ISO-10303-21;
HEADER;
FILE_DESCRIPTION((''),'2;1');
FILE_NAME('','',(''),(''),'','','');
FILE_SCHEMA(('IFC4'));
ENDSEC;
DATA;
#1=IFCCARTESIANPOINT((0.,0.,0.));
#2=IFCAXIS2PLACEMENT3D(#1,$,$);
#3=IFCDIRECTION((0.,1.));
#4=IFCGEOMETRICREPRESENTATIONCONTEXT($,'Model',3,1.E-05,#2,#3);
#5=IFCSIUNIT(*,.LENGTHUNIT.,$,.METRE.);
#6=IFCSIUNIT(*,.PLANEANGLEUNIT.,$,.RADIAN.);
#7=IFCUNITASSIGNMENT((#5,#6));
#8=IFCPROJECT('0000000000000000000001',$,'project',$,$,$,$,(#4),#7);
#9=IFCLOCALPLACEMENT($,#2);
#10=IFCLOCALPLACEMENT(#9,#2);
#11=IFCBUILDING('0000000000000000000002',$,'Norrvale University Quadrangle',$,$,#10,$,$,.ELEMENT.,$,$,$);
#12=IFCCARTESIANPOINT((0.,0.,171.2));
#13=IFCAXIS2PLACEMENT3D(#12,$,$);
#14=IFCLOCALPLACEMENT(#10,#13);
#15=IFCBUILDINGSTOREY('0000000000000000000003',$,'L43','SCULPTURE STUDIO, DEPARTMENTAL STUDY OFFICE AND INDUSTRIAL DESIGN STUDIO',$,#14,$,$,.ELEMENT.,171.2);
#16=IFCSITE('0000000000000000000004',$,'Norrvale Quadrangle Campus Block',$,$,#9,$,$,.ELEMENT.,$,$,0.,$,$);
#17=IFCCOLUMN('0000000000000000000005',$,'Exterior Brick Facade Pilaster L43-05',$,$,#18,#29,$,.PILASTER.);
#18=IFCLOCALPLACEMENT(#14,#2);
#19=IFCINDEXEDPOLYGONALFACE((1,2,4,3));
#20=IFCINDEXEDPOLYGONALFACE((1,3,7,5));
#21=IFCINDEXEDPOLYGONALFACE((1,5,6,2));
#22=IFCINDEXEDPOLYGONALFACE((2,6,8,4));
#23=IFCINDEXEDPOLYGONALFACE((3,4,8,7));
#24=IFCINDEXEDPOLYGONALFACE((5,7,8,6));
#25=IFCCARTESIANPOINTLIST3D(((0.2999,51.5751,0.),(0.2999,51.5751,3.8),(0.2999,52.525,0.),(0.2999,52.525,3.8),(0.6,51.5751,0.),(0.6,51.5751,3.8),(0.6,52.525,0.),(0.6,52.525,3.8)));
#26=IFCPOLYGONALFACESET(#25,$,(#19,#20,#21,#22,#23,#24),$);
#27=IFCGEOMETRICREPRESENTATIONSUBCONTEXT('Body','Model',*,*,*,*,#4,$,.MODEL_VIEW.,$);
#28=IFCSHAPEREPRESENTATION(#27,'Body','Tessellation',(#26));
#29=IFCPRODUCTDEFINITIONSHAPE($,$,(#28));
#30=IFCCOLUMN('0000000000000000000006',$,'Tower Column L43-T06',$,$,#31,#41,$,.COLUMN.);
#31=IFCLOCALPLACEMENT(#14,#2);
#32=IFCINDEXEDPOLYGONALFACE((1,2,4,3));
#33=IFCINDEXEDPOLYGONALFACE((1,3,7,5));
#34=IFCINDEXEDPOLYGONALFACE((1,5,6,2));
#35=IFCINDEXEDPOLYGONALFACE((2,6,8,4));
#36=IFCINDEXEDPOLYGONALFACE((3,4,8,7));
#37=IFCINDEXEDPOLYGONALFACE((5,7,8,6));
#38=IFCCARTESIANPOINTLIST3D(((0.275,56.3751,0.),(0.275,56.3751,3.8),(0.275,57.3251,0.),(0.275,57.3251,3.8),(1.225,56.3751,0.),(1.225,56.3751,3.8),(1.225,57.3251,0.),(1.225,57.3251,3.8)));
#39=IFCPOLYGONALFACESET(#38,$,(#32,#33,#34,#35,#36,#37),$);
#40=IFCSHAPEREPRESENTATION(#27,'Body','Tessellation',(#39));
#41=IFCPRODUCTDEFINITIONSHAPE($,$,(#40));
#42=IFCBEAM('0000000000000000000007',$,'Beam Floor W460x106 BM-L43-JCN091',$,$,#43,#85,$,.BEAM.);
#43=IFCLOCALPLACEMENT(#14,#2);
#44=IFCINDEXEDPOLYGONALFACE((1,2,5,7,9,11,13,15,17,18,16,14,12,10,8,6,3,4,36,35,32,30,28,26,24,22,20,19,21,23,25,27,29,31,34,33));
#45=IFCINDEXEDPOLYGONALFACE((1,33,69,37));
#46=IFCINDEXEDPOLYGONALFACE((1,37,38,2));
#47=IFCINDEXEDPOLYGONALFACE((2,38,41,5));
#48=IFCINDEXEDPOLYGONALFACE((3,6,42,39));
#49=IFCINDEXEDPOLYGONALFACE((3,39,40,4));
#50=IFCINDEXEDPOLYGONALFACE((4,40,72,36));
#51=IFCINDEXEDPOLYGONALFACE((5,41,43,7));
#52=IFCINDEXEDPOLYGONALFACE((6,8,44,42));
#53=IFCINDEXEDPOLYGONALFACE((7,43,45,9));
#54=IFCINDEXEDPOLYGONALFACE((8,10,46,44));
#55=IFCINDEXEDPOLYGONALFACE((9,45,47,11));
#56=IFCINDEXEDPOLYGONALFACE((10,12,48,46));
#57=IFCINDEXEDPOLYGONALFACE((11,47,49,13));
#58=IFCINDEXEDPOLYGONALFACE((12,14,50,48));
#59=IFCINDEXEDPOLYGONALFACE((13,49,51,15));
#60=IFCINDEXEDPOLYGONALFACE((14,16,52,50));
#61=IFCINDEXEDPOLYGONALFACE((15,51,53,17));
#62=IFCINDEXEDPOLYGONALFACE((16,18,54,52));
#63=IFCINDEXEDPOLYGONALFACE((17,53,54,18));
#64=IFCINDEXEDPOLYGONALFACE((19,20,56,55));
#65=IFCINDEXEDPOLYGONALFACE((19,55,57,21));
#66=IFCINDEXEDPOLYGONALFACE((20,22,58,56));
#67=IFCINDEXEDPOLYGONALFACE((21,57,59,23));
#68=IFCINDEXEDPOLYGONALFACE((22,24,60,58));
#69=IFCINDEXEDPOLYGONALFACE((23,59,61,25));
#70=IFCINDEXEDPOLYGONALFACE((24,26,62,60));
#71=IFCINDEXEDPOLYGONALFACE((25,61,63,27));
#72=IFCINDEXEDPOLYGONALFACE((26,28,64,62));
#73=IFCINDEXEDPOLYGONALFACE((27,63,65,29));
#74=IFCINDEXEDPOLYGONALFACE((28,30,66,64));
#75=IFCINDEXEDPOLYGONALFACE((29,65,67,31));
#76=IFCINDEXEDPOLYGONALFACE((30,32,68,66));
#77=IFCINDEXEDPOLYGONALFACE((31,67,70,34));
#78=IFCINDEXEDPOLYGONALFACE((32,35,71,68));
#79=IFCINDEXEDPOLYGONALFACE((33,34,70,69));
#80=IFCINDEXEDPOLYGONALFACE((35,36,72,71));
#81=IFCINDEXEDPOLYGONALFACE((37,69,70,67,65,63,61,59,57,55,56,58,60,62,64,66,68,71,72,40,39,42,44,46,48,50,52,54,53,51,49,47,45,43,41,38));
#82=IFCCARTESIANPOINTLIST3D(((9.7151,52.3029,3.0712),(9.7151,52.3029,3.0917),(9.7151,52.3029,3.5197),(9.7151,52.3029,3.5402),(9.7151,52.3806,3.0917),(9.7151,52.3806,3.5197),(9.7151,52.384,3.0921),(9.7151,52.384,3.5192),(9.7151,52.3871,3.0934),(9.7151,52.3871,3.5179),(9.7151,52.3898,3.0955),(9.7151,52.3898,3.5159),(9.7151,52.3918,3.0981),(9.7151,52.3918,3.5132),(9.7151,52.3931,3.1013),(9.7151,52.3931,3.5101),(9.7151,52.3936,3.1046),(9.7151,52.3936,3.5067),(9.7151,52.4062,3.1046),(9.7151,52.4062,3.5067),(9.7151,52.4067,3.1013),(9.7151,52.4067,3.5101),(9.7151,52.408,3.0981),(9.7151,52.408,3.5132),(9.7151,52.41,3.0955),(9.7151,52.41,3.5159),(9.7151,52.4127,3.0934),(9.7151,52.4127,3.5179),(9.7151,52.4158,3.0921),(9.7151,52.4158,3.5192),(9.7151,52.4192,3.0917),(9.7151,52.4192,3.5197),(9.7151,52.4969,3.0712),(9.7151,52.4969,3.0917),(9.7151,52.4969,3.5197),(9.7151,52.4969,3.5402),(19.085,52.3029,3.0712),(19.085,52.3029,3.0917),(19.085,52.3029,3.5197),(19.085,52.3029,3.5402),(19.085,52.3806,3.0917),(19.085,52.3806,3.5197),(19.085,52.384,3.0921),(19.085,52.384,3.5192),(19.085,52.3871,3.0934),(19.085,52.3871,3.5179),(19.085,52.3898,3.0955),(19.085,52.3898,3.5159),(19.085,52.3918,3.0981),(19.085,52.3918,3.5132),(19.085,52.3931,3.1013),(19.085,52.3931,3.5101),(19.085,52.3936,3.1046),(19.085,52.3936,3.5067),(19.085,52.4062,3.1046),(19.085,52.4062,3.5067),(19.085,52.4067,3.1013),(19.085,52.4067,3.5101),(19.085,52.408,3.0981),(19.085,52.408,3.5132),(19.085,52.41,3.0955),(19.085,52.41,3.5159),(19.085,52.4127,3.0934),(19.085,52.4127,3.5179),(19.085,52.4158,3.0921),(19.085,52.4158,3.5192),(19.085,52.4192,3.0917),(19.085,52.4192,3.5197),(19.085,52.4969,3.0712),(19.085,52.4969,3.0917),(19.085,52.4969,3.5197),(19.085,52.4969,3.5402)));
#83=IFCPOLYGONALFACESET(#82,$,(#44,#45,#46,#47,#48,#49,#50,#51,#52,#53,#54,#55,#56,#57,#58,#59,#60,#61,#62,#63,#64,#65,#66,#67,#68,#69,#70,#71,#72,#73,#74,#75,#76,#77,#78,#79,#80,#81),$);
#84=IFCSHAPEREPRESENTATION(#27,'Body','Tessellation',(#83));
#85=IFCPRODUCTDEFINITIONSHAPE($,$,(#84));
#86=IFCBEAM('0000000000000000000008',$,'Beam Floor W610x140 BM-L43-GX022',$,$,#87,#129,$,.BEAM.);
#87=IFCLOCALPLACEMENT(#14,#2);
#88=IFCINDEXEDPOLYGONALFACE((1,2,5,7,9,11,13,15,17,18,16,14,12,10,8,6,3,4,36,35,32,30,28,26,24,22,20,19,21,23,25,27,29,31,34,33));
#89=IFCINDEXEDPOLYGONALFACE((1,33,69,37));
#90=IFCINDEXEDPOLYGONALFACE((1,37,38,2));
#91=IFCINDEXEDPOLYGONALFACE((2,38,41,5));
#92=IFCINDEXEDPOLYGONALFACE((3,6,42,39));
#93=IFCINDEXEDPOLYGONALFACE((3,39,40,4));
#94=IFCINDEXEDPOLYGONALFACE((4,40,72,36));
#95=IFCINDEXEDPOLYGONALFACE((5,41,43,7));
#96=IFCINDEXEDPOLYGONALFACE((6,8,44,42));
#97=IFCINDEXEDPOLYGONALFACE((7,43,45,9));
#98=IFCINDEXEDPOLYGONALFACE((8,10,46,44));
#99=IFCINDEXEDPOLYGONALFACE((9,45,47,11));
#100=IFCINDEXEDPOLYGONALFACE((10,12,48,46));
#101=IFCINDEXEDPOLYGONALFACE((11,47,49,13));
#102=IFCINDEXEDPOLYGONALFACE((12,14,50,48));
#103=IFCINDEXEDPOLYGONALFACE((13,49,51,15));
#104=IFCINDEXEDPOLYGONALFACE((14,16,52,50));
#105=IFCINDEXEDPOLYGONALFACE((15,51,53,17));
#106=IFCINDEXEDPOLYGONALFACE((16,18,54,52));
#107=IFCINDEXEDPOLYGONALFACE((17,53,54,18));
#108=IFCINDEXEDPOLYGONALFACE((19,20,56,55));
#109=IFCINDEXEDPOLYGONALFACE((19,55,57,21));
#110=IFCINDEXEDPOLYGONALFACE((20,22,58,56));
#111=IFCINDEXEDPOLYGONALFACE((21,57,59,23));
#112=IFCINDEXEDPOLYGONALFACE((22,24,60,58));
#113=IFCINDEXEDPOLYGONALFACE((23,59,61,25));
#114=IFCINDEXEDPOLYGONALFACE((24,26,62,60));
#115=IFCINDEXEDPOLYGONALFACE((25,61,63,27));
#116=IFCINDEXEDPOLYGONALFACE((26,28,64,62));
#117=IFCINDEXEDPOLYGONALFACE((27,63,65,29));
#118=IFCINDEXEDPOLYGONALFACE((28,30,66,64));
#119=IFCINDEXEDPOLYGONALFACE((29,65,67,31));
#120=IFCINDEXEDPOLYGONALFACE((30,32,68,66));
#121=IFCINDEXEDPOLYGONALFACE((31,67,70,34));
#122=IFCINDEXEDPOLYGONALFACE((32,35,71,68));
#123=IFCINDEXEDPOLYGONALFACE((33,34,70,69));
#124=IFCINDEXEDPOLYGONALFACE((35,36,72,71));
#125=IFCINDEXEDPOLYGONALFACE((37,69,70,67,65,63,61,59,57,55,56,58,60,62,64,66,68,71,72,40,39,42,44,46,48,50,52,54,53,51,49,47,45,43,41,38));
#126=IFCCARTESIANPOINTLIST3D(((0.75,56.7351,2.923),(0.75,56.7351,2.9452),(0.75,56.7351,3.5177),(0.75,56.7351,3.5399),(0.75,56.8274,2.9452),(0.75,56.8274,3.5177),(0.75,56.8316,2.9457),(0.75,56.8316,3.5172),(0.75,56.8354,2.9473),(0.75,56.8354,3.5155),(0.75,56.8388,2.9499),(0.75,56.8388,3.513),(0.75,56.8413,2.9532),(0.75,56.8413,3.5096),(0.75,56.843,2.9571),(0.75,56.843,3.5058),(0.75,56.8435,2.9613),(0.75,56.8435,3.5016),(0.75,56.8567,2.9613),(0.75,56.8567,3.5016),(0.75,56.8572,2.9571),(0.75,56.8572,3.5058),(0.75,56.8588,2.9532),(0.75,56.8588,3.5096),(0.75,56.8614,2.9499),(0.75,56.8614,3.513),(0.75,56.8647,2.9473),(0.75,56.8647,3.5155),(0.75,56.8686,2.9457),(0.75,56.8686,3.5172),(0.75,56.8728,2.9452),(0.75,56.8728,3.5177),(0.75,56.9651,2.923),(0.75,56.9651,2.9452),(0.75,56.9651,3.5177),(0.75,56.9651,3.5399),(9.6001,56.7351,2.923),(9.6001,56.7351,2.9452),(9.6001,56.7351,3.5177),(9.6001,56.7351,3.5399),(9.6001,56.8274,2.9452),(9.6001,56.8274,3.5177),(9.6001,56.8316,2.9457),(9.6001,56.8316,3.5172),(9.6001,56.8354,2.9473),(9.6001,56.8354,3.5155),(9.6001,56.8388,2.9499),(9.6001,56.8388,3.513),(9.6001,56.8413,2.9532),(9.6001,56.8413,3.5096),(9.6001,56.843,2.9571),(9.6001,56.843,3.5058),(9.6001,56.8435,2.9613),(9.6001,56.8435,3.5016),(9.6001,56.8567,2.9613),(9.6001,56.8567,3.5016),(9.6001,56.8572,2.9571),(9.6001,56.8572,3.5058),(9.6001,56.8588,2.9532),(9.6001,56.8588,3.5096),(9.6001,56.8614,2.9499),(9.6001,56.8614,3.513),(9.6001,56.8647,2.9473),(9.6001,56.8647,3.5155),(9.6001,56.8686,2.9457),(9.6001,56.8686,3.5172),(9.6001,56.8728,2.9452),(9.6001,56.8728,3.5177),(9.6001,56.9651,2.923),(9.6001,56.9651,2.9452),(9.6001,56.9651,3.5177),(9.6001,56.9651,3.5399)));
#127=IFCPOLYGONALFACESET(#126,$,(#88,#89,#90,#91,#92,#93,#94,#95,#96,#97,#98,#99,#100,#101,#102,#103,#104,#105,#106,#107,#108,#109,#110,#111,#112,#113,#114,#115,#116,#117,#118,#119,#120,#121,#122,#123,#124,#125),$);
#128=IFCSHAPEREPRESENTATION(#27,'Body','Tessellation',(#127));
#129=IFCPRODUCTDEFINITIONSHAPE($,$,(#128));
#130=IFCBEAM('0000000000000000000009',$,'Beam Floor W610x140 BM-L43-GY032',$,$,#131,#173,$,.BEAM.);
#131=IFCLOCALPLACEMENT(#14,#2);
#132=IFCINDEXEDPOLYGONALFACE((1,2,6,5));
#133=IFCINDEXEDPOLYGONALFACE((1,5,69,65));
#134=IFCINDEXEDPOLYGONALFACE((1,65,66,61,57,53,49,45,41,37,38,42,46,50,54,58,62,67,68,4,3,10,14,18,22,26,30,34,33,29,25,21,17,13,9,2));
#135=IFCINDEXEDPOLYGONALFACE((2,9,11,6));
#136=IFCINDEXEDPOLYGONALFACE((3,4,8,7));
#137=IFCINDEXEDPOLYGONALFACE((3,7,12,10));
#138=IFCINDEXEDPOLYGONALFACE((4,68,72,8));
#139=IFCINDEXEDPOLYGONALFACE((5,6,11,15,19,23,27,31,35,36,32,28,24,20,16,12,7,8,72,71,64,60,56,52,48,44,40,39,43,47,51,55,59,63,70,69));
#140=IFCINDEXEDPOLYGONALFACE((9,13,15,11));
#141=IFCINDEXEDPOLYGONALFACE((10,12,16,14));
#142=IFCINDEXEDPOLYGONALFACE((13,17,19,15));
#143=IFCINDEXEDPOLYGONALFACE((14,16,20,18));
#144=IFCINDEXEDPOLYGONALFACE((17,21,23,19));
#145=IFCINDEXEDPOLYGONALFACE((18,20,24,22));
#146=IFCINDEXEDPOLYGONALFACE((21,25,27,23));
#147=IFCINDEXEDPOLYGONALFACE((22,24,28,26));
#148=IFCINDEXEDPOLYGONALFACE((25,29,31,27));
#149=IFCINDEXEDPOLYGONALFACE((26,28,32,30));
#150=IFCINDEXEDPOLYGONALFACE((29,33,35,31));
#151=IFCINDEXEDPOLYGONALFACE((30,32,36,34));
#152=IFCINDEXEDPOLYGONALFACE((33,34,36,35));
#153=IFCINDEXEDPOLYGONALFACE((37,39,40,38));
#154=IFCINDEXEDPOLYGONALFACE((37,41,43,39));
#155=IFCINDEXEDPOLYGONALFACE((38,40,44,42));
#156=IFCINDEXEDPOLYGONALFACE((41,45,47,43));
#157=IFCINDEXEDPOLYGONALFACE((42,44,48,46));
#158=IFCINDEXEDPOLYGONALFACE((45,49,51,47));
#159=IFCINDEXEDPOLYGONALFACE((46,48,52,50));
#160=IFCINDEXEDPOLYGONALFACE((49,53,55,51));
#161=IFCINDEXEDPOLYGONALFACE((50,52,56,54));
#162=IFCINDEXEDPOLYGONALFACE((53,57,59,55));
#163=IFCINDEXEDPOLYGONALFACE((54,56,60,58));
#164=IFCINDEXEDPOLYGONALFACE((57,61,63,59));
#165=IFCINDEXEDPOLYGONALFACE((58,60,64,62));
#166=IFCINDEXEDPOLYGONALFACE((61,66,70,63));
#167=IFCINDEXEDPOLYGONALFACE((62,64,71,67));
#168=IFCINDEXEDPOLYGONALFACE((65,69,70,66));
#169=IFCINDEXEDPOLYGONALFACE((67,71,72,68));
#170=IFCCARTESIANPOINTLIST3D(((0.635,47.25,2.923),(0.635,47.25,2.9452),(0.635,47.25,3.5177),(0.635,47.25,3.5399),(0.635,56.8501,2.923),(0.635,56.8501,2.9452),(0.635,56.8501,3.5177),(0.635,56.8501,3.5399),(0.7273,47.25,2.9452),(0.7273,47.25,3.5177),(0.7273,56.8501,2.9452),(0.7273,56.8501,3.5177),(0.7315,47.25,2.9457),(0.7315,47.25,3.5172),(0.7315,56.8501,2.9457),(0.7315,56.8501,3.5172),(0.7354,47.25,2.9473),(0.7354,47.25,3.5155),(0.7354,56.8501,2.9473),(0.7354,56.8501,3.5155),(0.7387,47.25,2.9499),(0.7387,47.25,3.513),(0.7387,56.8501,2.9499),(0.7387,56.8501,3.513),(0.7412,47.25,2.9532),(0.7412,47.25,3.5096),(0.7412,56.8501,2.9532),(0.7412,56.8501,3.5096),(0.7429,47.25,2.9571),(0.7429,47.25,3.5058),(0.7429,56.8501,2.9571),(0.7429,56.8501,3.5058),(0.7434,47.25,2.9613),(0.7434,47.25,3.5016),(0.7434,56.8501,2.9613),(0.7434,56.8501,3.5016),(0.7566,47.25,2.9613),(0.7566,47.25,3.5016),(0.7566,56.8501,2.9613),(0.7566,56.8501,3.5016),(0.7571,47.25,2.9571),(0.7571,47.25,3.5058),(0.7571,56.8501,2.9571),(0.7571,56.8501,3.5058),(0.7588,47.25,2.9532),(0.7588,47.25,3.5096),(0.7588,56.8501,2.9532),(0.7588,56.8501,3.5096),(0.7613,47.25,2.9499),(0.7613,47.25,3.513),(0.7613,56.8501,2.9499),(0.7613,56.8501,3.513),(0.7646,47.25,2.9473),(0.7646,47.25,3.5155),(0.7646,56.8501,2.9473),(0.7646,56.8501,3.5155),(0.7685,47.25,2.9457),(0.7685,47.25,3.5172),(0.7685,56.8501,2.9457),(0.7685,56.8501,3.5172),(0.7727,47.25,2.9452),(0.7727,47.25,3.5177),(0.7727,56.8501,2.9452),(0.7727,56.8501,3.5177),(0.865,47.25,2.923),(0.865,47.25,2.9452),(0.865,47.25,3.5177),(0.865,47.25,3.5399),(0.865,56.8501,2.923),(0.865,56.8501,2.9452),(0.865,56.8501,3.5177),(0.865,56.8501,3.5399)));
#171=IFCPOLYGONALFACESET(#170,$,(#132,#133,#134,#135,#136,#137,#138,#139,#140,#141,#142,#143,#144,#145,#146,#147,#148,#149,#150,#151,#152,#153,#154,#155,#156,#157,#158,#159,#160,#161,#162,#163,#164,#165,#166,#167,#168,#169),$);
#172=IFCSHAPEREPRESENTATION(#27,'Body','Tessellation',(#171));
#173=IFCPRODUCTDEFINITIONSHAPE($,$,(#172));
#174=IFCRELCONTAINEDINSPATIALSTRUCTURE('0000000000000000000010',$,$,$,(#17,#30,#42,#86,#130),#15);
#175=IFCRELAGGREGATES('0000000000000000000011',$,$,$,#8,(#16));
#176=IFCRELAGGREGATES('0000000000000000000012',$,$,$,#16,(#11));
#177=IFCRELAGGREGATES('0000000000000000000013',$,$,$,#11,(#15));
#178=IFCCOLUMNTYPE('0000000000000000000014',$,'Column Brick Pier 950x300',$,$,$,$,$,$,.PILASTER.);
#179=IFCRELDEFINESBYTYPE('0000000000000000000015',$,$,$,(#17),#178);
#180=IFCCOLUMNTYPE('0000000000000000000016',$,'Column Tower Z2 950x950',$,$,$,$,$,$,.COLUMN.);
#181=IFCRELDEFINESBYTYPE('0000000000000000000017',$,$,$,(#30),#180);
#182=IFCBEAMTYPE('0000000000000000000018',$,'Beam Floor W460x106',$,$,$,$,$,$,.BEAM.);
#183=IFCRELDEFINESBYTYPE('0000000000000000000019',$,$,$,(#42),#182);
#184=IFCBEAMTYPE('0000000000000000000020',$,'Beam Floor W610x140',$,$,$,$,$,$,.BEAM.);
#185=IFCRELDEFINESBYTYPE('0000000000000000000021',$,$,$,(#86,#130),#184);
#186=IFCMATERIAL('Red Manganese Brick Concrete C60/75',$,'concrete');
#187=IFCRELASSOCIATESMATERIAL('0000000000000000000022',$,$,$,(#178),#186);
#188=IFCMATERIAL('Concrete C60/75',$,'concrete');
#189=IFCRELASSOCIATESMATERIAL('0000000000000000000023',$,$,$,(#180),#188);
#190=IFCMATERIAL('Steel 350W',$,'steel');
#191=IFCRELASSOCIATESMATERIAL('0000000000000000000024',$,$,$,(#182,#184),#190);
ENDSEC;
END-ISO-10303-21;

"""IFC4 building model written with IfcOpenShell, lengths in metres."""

from ifc_helpers import new_model, si_unit, direction, frame, origin, origin_2d, place, context, subcontext, project, spatial, rectangle, i_section, extrude, material, material_profile, profile_set, type_object, element, save


model = new_model("IFC4")

# Units and contexts
model_context = context("Model", 3, precision=1e-05, world=origin(), true_north=direction((0.0, 1.0)))
body_context = subcontext(model_context, "Body", "Model", "MODEL_VIEW")
ifc_project = project(units=[si_unit("LENGTHUNIT", "METRE"), si_unit("PLANEANGLEUNIT", "RADIAN")], contexts=[model_context])

# Site, building, storey
site_placement = place(None, origin())
site = spatial("IfcSite", under=ifc_project, at=site_placement, Name="Norrvale Quadrangle Campus Block", CompositionType="ELEMENT", RefElevation=0.0)
building_placement = place(site_placement, origin())
building = spatial("IfcBuilding", under=site, at=building_placement, Name="Norrvale University Quadrangle", CompositionType="ELEMENT")
storey_placement = place(building_placement, frame((0.0, 0.0, 171.2)))
storey = spatial("IfcBuildingStorey", under=building, at=storey_placement, Name="L43", Description="SCULPTURE STUDIO, DEPARTMENTAL STUDY OFFICE AND INDUSTRIAL DESIGN STUDIO", CompositionType="ELEMENT", Elevation=171.2)

# Columns
ifc_material_1 = material(Name="Red Manganese Brick Concrete C60/75", Category="concrete")
ifc_material_profile_1 = material_profile(ifc_material_1, rectangle(XDim=0.95, YDim=0.3, at=origin_2d()), Name="Red Manganese Brick Concrete C60/75")
ifc_profile_set_1 = profile_set([ifc_material_profile_1], Name="Red Manganese Brick Concrete C60/75")
column_type_1 = type_object("IfcColumnType", Name="Column Brick Pier 950x300", PredefinedType="PILASTER", material=ifc_profile_set_1)
column_1_placement = place(storey_placement, frame((0.45, 52.05, 0.0), z_axis=(0.0, 0.0, 1.0), x_axis=(0.0, 1.0, 0.0)))
element("IfcColumn", 1, at=column_1_placement, inside=storey, type_object=column_type_1, Name="Exterior Brick Facade Pilaster L43-05", PredefinedType="PILASTER", context=body_context, shape_type="SweptSolid", body=[
    extrude(rectangle(XDim=0.95, YDim=0.3, at=origin_2d()), origin(), (0.0, 0.0, 1.0), 3.8),
])
ifc_material_2 = material(Name="Concrete C60/75", Category="concrete")
ifc_material_profile_2 = material_profile(ifc_material_2, rectangle(XDim=0.95, YDim=0.95, at=origin_2d()), Name="Concrete C60/75")
ifc_profile_set_2 = profile_set([ifc_material_profile_2], Name="Concrete C60/75")
column_type_2 = type_object("IfcColumnType", Name="Column Tower Z2 950x950", PredefinedType="COLUMN", material=ifc_profile_set_2)
column_2_placement = place(storey_placement, frame((0.75, 56.8501, 0.0), z_axis=(0.0, 0.0, 1.0), x_axis=(1.0, 0.0, 0.0)))
element("IfcColumn", 2, at=column_2_placement, inside=storey, type_object=column_type_2, Name="Tower Column L43-T06", PredefinedType="COLUMN", context=body_context, shape_type="SweptSolid", body=[
    extrude(rectangle(XDim=0.95, YDim=0.95, at=origin_2d()), origin(), (0.0, 0.0, 1.0), 3.8),
])

# Beams
ifc_material_3 = material(Name="Steel 350W", Category="steel")
ifc_material_profile_3 = material_profile(ifc_material_3, i_section(OverallWidth=0.1941, OverallDepth=0.469, WebThickness=0.0127, FlangeThickness=0.0205, FilletRadius=0.0129, at=origin_2d()), Name="Steel 350W")
ifc_profile_set_3 = profile_set([ifc_material_profile_3], Name="Steel 350W")
beam_type_1 = type_object("IfcBeamType", Name="Beam Floor W460x106", PredefinedType="BEAM", material=ifc_profile_set_3)
beam_1_placement = place(storey_placement, frame((9.7151, 52.3999, 3.3057), z_axis=(1.0, 0.0, 0.0), x_axis=(0.0, 1.0, 0.0)))
element("IfcBeam", 3, at=beam_1_placement, inside=storey, type_object=beam_type_1, Name="Beam Floor W460x106 BM-L43-JCN091", PredefinedType="BEAM", context=body_context, shape_type="SweptSolid", body=[
    extrude(i_section(OverallWidth=0.1941, OverallDepth=0.469, WebThickness=0.0127, FlangeThickness=0.0205, FilletRadius=0.0129, at=origin_2d()), origin(), (0.0, 0.0, 1.0), 9.3699),
])
ifc_material_profile_4 = material_profile(ifc_material_3, i_section(OverallWidth=0.23, OverallDepth=0.6169, WebThickness=0.0132, FlangeThickness=0.0222, FilletRadius=0.0161, at=origin_2d()), Name="Steel 350W")
ifc_profile_set_4 = profile_set([ifc_material_profile_4], Name="Steel 350W")
beam_type_2 = type_object("IfcBeamType", Name="Beam Floor W610x140", PredefinedType="BEAM", material=ifc_profile_set_4)
beam_2_placement = place(storey_placement, frame((0.75, 56.8501, 3.2314), z_axis=(1.0, 0.0, 0.0), x_axis=(0.0, 1.0, 0.0)))
element("IfcBeam", 4, at=beam_2_placement, inside=storey, type_object=beam_type_2, Name="Beam Floor W610x140 BM-L43-GX022", PredefinedType="BEAM", context=body_context, shape_type="SweptSolid", body=[
    extrude(i_section(OverallWidth=0.23, OverallDepth=0.6169, WebThickness=0.0132, FlangeThickness=0.0222, FilletRadius=0.0161, at=origin_2d()), origin(), (0.0, 0.0, 1.0), 8.8501),
])
beam_3_placement = place(storey_placement, frame((0.75, 47.25, 3.2314), z_axis=(0.0, 1.0, 0.0), x_axis=(-1.0, 0.0, 0.0)))
element("IfcBeam", 5, at=beam_3_placement, inside=storey, type_object=beam_type_2, Name="Beam Floor W610x140 BM-L43-GY032", PredefinedType="BEAM", context=body_context, shape_type="SweptSolid", body=[
    extrude(i_section(OverallWidth=0.23, OverallDepth=0.6169, WebThickness=0.0132, FlangeThickness=0.0222, FilletRadius=0.0161, at=origin_2d()), origin(), (0.0, 0.0, 1.0), 9.6001),
])

save(model, "model.ifc")
